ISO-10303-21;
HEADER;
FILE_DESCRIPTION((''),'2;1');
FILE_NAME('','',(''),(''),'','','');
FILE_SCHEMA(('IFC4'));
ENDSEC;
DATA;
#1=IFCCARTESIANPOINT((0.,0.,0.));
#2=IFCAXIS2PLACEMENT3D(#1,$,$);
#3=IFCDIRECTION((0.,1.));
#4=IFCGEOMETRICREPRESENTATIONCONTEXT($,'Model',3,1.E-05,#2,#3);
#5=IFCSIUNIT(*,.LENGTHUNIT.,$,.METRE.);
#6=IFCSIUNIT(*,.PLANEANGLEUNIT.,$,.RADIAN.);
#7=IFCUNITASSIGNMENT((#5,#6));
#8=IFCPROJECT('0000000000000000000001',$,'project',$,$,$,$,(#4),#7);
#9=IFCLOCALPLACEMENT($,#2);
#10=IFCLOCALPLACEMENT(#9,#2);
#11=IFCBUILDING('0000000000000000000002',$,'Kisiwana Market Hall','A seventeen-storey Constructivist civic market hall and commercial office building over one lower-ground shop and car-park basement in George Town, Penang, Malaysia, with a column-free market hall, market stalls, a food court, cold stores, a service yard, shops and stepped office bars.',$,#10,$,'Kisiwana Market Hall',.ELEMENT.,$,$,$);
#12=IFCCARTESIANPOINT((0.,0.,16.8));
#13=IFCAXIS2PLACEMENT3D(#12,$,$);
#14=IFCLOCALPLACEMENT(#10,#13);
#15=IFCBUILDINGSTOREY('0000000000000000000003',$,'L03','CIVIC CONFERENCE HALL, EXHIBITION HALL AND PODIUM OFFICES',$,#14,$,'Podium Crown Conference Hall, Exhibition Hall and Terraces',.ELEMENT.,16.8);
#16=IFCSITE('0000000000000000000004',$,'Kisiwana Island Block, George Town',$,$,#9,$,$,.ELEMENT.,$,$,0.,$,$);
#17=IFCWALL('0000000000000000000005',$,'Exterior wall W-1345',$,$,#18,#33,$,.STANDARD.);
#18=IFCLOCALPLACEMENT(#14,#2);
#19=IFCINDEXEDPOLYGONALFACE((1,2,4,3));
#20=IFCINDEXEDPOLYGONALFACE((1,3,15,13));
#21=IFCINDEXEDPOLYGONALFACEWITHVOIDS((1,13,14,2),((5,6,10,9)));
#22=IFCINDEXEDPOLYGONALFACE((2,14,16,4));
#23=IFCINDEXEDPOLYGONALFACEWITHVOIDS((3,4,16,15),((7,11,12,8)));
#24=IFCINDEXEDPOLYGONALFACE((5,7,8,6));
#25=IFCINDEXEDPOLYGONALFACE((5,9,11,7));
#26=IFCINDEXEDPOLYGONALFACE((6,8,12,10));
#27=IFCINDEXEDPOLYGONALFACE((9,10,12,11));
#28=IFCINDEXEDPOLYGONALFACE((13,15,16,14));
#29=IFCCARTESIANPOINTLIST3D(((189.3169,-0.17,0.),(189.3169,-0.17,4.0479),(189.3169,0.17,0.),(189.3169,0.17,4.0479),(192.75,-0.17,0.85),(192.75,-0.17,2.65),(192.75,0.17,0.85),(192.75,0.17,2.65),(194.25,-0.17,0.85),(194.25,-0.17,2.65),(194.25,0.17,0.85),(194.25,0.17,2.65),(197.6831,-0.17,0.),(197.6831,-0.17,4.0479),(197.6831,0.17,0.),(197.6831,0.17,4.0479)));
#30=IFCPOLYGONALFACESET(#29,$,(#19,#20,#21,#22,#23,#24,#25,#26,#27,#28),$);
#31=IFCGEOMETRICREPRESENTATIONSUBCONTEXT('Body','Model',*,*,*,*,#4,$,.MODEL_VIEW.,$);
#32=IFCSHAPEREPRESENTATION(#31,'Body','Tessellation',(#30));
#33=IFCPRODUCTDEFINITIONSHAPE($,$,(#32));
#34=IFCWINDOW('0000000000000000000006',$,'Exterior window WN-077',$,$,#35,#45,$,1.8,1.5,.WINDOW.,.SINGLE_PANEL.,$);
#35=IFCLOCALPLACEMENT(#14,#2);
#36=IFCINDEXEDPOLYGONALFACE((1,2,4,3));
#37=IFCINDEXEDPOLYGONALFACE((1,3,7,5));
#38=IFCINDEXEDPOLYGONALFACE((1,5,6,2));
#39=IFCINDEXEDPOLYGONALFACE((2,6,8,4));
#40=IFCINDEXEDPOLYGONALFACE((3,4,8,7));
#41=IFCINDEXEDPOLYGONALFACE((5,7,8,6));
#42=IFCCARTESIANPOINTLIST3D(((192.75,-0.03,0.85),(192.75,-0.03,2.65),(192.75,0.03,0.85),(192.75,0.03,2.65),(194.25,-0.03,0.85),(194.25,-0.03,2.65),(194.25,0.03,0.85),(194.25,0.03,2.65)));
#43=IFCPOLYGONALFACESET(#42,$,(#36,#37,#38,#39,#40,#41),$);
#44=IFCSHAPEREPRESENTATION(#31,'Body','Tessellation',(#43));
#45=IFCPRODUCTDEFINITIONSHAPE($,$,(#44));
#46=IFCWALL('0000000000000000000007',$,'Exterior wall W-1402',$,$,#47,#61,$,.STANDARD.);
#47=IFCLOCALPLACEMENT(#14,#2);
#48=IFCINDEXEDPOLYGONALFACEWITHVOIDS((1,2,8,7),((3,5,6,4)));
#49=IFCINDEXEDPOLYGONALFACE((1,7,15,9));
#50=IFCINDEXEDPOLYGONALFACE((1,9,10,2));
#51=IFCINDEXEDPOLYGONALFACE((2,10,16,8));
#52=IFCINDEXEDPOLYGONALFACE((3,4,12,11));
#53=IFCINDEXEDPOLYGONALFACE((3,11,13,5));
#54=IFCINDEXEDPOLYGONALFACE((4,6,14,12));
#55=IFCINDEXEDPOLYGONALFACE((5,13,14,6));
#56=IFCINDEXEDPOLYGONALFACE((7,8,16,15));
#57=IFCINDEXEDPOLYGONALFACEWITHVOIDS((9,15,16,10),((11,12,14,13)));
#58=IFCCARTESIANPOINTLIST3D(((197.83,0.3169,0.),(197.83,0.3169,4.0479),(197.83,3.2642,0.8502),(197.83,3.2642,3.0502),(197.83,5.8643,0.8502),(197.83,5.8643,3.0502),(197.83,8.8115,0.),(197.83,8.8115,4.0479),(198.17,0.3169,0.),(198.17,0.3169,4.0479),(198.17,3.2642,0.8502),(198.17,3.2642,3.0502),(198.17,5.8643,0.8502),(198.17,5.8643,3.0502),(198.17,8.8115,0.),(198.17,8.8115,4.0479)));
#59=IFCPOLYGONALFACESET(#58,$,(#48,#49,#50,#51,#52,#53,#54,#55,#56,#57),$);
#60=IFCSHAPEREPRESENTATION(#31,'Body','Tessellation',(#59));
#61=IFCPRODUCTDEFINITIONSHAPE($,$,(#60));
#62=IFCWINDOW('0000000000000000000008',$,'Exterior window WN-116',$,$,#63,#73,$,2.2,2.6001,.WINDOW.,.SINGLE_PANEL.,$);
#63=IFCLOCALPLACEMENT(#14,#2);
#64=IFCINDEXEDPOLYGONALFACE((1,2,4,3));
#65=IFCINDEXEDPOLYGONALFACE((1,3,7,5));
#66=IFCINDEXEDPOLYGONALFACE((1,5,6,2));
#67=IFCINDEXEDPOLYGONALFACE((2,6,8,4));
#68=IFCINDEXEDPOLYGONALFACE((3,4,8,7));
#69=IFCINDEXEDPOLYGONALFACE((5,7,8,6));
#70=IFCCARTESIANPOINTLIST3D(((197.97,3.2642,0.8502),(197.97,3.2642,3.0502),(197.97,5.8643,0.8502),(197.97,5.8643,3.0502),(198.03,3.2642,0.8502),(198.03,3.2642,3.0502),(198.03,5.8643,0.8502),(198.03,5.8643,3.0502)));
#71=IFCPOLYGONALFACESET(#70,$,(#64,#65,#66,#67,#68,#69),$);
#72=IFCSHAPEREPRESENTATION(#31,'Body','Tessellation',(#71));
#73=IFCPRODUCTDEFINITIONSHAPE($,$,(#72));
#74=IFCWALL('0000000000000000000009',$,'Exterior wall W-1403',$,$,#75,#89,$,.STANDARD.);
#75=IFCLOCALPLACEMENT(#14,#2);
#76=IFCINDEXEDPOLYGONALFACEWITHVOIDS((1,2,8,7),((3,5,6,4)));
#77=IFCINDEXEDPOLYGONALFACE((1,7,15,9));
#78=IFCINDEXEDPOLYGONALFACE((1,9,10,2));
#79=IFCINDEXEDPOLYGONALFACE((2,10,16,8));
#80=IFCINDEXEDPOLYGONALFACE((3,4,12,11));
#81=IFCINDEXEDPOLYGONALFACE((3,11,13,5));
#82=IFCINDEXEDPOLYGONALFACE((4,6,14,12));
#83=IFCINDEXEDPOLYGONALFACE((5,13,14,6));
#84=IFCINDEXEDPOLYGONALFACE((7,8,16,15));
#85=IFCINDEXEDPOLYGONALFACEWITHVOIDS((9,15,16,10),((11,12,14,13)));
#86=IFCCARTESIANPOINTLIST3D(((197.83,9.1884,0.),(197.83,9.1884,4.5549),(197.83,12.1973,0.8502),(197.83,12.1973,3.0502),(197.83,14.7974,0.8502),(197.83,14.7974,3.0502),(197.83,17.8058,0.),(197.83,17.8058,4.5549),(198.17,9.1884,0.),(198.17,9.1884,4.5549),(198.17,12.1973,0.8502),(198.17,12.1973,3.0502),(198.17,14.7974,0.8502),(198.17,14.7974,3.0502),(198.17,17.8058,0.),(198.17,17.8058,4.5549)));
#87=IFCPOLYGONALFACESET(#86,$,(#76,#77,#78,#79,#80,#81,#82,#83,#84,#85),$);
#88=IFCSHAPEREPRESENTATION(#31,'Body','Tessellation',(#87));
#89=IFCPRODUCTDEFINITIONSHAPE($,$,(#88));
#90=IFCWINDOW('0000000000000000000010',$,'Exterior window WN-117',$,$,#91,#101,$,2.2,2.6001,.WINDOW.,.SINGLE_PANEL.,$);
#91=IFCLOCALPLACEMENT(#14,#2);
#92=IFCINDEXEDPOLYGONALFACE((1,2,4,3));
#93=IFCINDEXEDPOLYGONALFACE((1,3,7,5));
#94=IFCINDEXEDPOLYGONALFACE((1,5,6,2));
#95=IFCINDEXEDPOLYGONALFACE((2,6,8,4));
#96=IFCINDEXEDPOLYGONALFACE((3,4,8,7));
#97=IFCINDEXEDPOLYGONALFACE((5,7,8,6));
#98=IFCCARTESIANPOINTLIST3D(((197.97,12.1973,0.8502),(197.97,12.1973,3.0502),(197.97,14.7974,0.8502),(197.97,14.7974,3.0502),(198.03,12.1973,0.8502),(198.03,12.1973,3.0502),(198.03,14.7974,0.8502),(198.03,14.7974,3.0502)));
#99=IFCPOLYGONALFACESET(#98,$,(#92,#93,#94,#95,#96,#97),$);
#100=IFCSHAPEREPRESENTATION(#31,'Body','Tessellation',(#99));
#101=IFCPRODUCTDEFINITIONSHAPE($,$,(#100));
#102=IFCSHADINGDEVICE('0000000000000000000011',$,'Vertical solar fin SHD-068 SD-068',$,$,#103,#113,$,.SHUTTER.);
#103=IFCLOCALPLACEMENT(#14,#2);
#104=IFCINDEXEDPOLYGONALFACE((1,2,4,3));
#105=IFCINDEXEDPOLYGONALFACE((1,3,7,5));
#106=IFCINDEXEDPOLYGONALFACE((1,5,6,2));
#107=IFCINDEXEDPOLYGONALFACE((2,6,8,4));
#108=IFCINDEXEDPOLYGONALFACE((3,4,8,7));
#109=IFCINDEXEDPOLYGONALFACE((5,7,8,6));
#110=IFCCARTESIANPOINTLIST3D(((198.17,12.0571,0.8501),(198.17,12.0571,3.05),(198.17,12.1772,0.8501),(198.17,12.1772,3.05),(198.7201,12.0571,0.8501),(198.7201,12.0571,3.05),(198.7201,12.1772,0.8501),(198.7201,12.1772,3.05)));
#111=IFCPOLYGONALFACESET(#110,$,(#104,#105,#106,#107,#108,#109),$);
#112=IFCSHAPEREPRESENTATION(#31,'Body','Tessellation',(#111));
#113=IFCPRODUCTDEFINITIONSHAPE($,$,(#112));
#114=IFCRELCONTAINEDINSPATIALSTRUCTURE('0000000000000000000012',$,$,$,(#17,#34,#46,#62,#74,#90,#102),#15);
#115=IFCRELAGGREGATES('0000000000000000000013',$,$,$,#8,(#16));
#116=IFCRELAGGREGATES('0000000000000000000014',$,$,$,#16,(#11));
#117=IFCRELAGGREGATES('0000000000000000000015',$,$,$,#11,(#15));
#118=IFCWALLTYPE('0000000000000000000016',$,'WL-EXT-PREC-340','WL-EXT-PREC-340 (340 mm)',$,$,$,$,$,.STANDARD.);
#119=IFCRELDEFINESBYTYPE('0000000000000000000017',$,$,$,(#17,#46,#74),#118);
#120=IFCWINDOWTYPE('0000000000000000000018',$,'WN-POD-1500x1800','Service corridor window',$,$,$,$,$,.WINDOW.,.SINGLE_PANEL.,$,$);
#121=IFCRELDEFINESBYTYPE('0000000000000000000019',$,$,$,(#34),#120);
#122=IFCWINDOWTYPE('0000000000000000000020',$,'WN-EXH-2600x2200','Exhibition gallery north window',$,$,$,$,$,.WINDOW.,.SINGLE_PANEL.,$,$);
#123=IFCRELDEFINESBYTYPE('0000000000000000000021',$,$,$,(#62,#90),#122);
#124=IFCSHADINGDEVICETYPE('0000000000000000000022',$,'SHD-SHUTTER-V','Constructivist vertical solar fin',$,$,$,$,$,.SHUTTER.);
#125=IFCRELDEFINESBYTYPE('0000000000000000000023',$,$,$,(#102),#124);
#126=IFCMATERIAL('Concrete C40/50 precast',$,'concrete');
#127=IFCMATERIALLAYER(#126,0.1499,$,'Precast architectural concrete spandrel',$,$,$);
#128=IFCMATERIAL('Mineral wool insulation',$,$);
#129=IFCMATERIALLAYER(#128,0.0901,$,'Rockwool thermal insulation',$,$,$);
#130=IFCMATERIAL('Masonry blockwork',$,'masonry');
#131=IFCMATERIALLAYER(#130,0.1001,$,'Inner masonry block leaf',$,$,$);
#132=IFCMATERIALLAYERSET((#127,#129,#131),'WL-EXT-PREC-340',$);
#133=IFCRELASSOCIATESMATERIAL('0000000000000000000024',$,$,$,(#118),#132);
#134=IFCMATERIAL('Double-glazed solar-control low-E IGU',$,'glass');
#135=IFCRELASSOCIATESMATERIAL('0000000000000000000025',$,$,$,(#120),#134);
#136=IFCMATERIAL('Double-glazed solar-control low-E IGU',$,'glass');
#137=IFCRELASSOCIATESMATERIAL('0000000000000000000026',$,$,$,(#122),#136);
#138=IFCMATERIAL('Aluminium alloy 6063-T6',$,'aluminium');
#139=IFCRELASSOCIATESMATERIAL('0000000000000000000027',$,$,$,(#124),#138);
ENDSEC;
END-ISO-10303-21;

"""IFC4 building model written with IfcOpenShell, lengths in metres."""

from ifc_helpers import new_model, si_unit, direction, frame, frame_2d, origin, origin_2d, place, context, subcontext, project, spatial, rectangle, extrude, material, layer, layer_set, type_object, element, fill, save


model = new_model("IFC4")

# Units and contexts
model_context = context("Model", 3, precision=1e-05, world=origin(), true_north=direction((0.0, 1.0)))
body_context = subcontext(model_context, "Body", "Model", "MODEL_VIEW")
ifc_project = project(units=[si_unit("LENGTHUNIT", "METRE"), si_unit("PLANEANGLEUNIT", "RADIAN")], contexts=[model_context])

# Site, building, storey
site_placement = place(None, origin())
site = spatial("IfcSite", under=ifc_project, at=site_placement, Name="Kisiwana Island Block, George Town", CompositionType="ELEMENT", RefElevation=0.0)
building_placement = place(site_placement, origin())
building = spatial("IfcBuilding", under=site, at=building_placement, Name="Kisiwana Market Hall", Description="A seventeen-storey Constructivist civic market hall and commercial office building over one lower-ground shop and car-park basement in George Town, Penang, Malaysia, with a column-free market hall, market stalls, a food court, cold stores, a service yard, shops and stepped office bars.", LongName="Kisiwana Market Hall", CompositionType="ELEMENT")
storey_placement = place(building_placement, frame((0.0, 0.0, 16.8)))
storey = spatial("IfcBuildingStorey", under=building, at=storey_placement, Name="L03", Description="CIVIC CONFERENCE HALL, EXHIBITION HALL AND PODIUM OFFICES", LongName="Podium Crown Conference Hall, Exhibition Hall and Terraces", CompositionType="ELEMENT", Elevation=16.8)

# Walls, openings, windows
ifc_material_1 = material(Name="Concrete C40/50 precast", Category="concrete")
ifc_layer_1 = layer(ifc_material_1, 0.1499, Name="Precast architectural concrete spandrel")
ifc_material_2 = material(Name="Mineral wool insulation")
ifc_layer_2 = layer(ifc_material_2, 0.0901, Name="Rockwool thermal insulation")
ifc_material_3 = material(Name="Masonry blockwork", Category="masonry")
ifc_layer_3 = layer(ifc_material_3, 0.1001, Name="Inner masonry block leaf")
ifc_layer_set = layer_set([ifc_layer_1, ifc_layer_2, ifc_layer_3], Name="WL-EXT-PREC-340")
wall_type = type_object("IfcWallType", Name="WL-EXT-PREC-340", Description="WL-EXT-PREC-340 (340 mm)", PredefinedType="STANDARD", material=ifc_layer_set)
wall_1_placement = place(storey_placement, frame((189.3169, 0.0, 0.0), z_axis=(0.0, 0.0, 1.0), x_axis=(1.0, 0.0, 0.0)))
wall_1 = element("IfcWall", 1, at=wall_1_placement, inside=storey, type_object=wall_type, Name="Exterior wall W-1345", PredefinedType="STANDARD", context=body_context, shape_type="SweptSolid", body=[
    extrude(rectangle(XDim=8.3662, YDim=0.3401, at=frame_2d((4.1831, 0.0))), origin(), (0.0, 0.0, 1.0), 4.0479),
])
opening_1_placement = place(wall_1_placement, frame((3.4331, 0.0, 0.8501)))
opening_1 = element("IfcOpeningElement", 2, at=opening_1_placement, cuts=wall_1, PredefinedType="OPENING", context=body_context, shape_type="SweptSolid", body=[
    extrude(rectangle(XDim=1.5, YDim=1.8, at=frame_2d((0.75, 0.8999))), frame((0.0, 0.1821, 0.0), z_axis=(0.0, -1.0, 0.0), x_axis=(1.0, 0.0, 0.0)), (0.0, 0.0, 1.0), 0.364),
])
ifc_material_4 = material(Name="Double-glazed solar-control low-E IGU", Category="glass")
window_type_1 = type_object("IfcWindowType", Name="WN-POD-1500x1800", Description="Service corridor window", PartitioningType="SINGLE_PANEL", PredefinedType="WINDOW", material=ifc_material_4)
window_1_placement = place(opening_1_placement, origin())
window_1 = element("IfcWindow", 3, at=window_1_placement, inside=storey, type_object=window_type_1, Name="Exterior window WN-077", OverallHeight=1.8, OverallWidth=1.5, PartitioningType="SINGLE_PANEL", PredefinedType="WINDOW", context=body_context, shape_type="SweptSolid", body=[
    extrude(rectangle(XDim=1.5, YDim=1.8, at=frame_2d((0.75, 0.8999))), frame((0.0, 0.03, 0.0), z_axis=(0.0, -1.0, 0.0), x_axis=(1.0, 0.0, 0.0)), (0.0, 0.0, 1.0), 0.0601),
])
fill(opening_1, window_1)
wall_2_placement = place(storey_placement, frame((198.0, 0.3169, 0.0), z_axis=(0.0, 0.0, 1.0), x_axis=(0.0, 1.0, 0.0)))
wall_2 = element("IfcWall", 4, at=wall_2_placement, inside=storey, type_object=wall_type, Name="Exterior wall W-1402", PredefinedType="STANDARD", context=body_context, shape_type="SweptSolid", body=[
    extrude(rectangle(XDim=8.4946, YDim=0.3401, at=frame_2d((4.2473, 0.0))), origin(), (0.0, 0.0, 1.0), 4.0479),
])
opening_2_placement = place(wall_2_placement, frame((2.9473, 0.0, 0.8501)))
opening_2 = element("IfcOpeningElement", 5, at=opening_2_placement, cuts=wall_2, PredefinedType="OPENING", context=body_context, shape_type="SweptSolid", body=[
    extrude(rectangle(XDim=2.6001, YDim=2.2, at=frame_2d((1.3, 1.1001))), frame((0.0, 0.1821, 0.0), z_axis=(0.0, -1.0, 0.0), x_axis=(1.0, 0.0, 0.0)), (0.0, 0.0, 1.0), 0.364),
])
ifc_material_5 = material(Name="Double-glazed solar-control low-E IGU", Category="glass")
window_type_2 = type_object("IfcWindowType", Name="WN-EXH-2600x2200", Description="Exhibition gallery north window", PartitioningType="SINGLE_PANEL", PredefinedType="WINDOW", material=ifc_material_5)
window_2_placement = place(opening_2_placement, origin())
window_2 = element("IfcWindow", 6, at=window_2_placement, inside=storey, type_object=window_type_2, Name="Exterior window WN-116", OverallHeight=2.2, OverallWidth=2.6001, PartitioningType="SINGLE_PANEL", PredefinedType="WINDOW", context=body_context, shape_type="SweptSolid", body=[
    extrude(rectangle(XDim=2.6001, YDim=2.2, at=frame_2d((1.3, 1.1001))), frame((0.0, 0.03, 0.0), z_axis=(0.0, -1.0, 0.0), x_axis=(1.0, 0.0, 0.0)), (0.0, 0.0, 1.0), 0.0601),
])
fill(opening_2, window_2)
wall_3_placement = place(storey_placement, frame((198.0, 9.1885, 0.0), z_axis=(0.0, 0.0, 1.0), x_axis=(0.0, 1.0, 0.0)))
wall_3 = element("IfcWall", 7, at=wall_3_placement, inside=storey, type_object=wall_type, Name="Exterior wall W-1403", PredefinedType="STANDARD", context=body_context, shape_type="SweptSolid", body=[
    extrude(rectangle(XDim=8.6174, YDim=0.3401, at=frame_2d((4.3086, 0.0))), origin(), (0.0, 0.0, 1.0), 4.5549),
])
opening_3_placement = place(wall_3_placement, frame((3.0088, 0.0, 0.8501)))
opening_3 = element("IfcOpeningElement", 8, at=opening_3_placement, cuts=wall_3, PredefinedType="OPENING", context=body_context, shape_type="SweptSolid", body=[
    extrude(rectangle(XDim=2.6001, YDim=2.2, at=frame_2d((1.3, 1.1001))), frame((0.0, 0.1821, 0.0), z_axis=(0.0, -1.0, 0.0), x_axis=(1.0, 0.0, 0.0)), (0.0, 0.0, 1.0), 0.364),
])
window_3_placement = place(opening_3_placement, origin())
window_3 = element("IfcWindow", 9, at=window_3_placement, inside=storey, type_object=window_type_2, Name="Exterior window WN-117", OverallHeight=2.2, OverallWidth=2.6001, PartitioningType="SINGLE_PANEL", PredefinedType="WINDOW", context=body_context, shape_type="SweptSolid", body=[
    extrude(rectangle(XDim=2.6001, YDim=2.2, at=frame_2d((1.3, 1.1001))), frame((0.0, 0.03, 0.0), z_axis=(0.0, -1.0, 0.0), x_axis=(1.0, 0.0, 0.0)), (0.0, 0.0, 1.0), 0.0601),
])
fill(opening_3, window_3)

# Shading device
ifc_material_6 = material(Name="Aluminium alloy 6063-T6", Category="aluminium")
shading_device_type = type_object("IfcShadingDeviceType", Name="SHD-SHUTTER-V", Description="Constructivist vertical solar fin", PredefinedType="SHUTTER", material=ifc_material_6)
shading_device_placement = place(storey_placement, frame((198.4451, 12.1172, 0.8501), z_axis=(0.0, 0.0, 1.0), x_axis=(0.0, 1.0, 0.0)))
element("IfcShadingDevice", 10, at=shading_device_placement, inside=storey, type_object=shading_device_type, Name="Vertical solar fin SHD-068 SD-068", PredefinedType="SHUTTER", context=body_context, shape_type="SweptSolid", body=[
    extrude(rectangle(XDim=0.1201, YDim=0.55, at=origin_2d()), origin(), (0.0, 0.0, 1.0), 2.2),
])

save(model, "model.ifc")
